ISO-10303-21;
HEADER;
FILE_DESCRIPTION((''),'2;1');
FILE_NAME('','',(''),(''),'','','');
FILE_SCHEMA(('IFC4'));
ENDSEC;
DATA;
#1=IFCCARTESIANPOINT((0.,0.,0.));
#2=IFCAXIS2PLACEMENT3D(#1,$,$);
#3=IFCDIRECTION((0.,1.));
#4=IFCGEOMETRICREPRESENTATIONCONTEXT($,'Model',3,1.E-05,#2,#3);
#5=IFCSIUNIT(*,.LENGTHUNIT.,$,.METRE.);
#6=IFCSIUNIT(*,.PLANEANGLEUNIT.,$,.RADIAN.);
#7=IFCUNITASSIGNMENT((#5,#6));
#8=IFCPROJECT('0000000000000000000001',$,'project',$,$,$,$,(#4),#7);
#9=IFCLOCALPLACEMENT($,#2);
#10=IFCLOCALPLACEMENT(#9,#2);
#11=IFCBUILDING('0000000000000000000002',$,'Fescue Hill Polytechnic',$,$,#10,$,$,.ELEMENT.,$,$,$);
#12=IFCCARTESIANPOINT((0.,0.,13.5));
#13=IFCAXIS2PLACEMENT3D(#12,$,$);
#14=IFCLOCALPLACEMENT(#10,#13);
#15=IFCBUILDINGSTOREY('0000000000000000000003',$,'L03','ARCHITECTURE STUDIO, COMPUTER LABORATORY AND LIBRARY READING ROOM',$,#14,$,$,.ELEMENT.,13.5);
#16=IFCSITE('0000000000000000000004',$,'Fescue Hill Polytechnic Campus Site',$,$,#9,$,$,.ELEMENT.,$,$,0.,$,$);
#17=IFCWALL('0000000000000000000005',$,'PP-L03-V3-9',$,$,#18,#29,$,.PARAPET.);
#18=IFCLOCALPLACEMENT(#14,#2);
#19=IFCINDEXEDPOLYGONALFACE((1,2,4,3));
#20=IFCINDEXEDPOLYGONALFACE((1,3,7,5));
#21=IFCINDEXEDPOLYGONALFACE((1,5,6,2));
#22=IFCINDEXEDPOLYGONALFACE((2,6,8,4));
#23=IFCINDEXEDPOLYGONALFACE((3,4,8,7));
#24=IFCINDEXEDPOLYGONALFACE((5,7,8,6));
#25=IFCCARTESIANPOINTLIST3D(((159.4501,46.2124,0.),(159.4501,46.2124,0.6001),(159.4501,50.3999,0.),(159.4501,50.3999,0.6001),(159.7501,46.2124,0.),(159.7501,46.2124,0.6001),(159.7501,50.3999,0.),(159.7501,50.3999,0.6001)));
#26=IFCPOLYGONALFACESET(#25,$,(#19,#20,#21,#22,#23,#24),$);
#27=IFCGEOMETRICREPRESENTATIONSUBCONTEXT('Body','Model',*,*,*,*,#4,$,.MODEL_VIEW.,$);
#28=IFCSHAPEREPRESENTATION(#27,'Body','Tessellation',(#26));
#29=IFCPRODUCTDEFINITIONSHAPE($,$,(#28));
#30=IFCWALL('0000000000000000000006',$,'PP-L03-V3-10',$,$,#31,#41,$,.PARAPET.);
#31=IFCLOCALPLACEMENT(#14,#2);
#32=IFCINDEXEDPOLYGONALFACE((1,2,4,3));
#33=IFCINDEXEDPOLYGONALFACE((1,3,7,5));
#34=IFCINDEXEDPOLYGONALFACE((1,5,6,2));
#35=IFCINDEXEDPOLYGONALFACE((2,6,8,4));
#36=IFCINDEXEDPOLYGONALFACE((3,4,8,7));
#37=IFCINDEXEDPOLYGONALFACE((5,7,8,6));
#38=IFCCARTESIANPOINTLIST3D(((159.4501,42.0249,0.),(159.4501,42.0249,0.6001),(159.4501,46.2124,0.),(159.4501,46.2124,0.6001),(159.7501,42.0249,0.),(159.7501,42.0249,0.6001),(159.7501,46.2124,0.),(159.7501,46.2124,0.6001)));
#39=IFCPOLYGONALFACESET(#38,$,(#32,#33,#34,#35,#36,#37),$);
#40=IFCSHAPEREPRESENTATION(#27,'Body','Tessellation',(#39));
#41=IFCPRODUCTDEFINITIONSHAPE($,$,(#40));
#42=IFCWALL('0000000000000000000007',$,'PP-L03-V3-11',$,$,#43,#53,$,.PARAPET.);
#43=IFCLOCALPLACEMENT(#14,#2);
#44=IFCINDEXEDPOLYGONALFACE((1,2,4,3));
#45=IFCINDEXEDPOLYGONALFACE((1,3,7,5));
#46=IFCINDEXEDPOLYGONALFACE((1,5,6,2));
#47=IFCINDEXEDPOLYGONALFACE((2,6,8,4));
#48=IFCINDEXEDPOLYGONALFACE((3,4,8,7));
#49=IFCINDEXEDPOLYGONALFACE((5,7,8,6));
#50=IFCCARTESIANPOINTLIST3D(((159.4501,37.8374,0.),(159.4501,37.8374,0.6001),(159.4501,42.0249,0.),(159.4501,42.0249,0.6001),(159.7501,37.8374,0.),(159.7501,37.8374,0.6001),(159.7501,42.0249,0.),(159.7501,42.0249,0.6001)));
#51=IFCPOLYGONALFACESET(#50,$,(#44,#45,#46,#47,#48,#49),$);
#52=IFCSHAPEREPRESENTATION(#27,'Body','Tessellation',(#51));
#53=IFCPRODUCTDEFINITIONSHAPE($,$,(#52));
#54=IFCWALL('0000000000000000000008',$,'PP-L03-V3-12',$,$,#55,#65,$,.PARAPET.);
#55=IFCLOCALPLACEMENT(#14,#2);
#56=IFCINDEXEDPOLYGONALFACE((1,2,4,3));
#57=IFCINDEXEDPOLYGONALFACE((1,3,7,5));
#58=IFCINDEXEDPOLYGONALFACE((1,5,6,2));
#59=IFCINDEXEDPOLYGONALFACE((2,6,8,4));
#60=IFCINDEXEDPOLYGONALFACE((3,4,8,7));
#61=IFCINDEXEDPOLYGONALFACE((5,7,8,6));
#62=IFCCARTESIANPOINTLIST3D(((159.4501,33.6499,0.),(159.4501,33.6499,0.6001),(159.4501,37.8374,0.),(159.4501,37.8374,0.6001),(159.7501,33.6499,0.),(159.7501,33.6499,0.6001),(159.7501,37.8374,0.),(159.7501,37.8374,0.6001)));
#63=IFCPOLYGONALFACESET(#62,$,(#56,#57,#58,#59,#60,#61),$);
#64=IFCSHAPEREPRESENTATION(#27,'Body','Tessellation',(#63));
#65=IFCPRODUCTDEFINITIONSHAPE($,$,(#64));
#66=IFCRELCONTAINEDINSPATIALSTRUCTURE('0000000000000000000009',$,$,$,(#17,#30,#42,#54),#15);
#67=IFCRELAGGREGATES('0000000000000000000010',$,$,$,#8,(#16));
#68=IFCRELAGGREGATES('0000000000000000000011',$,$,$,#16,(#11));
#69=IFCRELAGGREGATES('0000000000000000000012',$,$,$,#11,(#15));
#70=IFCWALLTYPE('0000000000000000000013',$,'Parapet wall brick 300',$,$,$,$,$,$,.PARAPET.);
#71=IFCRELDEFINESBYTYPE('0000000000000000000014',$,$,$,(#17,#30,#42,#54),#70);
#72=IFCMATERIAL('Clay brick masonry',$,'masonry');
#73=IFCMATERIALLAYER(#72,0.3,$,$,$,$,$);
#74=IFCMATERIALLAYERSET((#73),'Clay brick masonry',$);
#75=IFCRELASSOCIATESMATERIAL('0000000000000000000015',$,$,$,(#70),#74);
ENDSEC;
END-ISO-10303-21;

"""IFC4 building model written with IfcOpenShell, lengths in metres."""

from ifc_helpers import new_model, si_unit, direction, frame, frame_2d, origin, place, context, subcontext, project, spatial, rectangle, extrude, material, layer, layer_set, type_object, element, save


model = new_model("IFC4")

# Units and contexts
model_context = context("Model", 3, precision=1e-05, world=origin(), true_north=direction((0.0, 1.0)))
body_context = subcontext(model_context, "Body", "Model", "MODEL_VIEW")
ifc_project = project(units=[si_unit("LENGTHUNIT", "METRE"), si_unit("PLANEANGLEUNIT", "RADIAN")], contexts=[model_context])

# Site, building, storey
site_placement = place(None, origin())
site = spatial("IfcSite", under=ifc_project, at=site_placement, Name="Fescue Hill Polytechnic Campus Site", CompositionType="ELEMENT", RefElevation=0.0)
building_placement = place(site_placement, origin())
building = spatial("IfcBuilding", under=site, at=building_placement, Name="Fescue Hill Polytechnic", CompositionType="ELEMENT")
storey_placement = place(building_placement, frame((0.0, 0.0, 13.5)))
storey = spatial("IfcBuildingStorey", under=building, at=storey_placement, Name="L03", Description="ARCHITECTURE STUDIO, COMPUTER LABORATORY AND LIBRARY READING ROOM", CompositionType="ELEMENT", Elevation=13.5)

# Walls
ifc_material_1 = material(Name="Clay brick masonry", Category="masonry")
ifc_layer = layer(ifc_material_1, 0.3)
ifc_layer_set = layer_set([ifc_layer], Name="Clay brick masonry")
wall_type = type_object("IfcWallType", Name="Parapet wall brick 300", PredefinedType="PARAPET", material=ifc_layer_set)
for number, where, z_axis, x_axis, name in (
    (1, (159.6001, 50.3999, 0.0), (0.0, 0.0, 1.0), (0.0, -1.0, 0.0), "PP-L03-V3-9"),
    (2, (159.6001, 46.2124, 0.0), (0.0, 0.0, 1.0), (0.0, -1.0, 0.0), "PP-L03-V3-10"),
    (3, (159.6001, 42.0249, 0.0), (0.0, 0.0, 1.0), (0.0, -1.0, 0.0), "PP-L03-V3-11"),
    (4, (159.6001, 37.8374, 0.0), (0.0, 0.0, 1.0), (0.0, -1.0, 0.0), "PP-L03-V3-12"),
):
    element("IfcWall", number, at=place(storey_placement, frame(where, z_axis=z_axis, x_axis=x_axis)), inside=storey, type_object=wall_type, Name=name, PredefinedType="PARAPET", context=body_context, shape_type="SweptSolid", body=[
        extrude(rectangle(XDim=4.1875, YDim=0.3, at=frame_2d((2.0938, 0.0))), origin(), (0.0, 0.0, 1.0), 0.6001),
    ])

save(model, "model.ifc")
